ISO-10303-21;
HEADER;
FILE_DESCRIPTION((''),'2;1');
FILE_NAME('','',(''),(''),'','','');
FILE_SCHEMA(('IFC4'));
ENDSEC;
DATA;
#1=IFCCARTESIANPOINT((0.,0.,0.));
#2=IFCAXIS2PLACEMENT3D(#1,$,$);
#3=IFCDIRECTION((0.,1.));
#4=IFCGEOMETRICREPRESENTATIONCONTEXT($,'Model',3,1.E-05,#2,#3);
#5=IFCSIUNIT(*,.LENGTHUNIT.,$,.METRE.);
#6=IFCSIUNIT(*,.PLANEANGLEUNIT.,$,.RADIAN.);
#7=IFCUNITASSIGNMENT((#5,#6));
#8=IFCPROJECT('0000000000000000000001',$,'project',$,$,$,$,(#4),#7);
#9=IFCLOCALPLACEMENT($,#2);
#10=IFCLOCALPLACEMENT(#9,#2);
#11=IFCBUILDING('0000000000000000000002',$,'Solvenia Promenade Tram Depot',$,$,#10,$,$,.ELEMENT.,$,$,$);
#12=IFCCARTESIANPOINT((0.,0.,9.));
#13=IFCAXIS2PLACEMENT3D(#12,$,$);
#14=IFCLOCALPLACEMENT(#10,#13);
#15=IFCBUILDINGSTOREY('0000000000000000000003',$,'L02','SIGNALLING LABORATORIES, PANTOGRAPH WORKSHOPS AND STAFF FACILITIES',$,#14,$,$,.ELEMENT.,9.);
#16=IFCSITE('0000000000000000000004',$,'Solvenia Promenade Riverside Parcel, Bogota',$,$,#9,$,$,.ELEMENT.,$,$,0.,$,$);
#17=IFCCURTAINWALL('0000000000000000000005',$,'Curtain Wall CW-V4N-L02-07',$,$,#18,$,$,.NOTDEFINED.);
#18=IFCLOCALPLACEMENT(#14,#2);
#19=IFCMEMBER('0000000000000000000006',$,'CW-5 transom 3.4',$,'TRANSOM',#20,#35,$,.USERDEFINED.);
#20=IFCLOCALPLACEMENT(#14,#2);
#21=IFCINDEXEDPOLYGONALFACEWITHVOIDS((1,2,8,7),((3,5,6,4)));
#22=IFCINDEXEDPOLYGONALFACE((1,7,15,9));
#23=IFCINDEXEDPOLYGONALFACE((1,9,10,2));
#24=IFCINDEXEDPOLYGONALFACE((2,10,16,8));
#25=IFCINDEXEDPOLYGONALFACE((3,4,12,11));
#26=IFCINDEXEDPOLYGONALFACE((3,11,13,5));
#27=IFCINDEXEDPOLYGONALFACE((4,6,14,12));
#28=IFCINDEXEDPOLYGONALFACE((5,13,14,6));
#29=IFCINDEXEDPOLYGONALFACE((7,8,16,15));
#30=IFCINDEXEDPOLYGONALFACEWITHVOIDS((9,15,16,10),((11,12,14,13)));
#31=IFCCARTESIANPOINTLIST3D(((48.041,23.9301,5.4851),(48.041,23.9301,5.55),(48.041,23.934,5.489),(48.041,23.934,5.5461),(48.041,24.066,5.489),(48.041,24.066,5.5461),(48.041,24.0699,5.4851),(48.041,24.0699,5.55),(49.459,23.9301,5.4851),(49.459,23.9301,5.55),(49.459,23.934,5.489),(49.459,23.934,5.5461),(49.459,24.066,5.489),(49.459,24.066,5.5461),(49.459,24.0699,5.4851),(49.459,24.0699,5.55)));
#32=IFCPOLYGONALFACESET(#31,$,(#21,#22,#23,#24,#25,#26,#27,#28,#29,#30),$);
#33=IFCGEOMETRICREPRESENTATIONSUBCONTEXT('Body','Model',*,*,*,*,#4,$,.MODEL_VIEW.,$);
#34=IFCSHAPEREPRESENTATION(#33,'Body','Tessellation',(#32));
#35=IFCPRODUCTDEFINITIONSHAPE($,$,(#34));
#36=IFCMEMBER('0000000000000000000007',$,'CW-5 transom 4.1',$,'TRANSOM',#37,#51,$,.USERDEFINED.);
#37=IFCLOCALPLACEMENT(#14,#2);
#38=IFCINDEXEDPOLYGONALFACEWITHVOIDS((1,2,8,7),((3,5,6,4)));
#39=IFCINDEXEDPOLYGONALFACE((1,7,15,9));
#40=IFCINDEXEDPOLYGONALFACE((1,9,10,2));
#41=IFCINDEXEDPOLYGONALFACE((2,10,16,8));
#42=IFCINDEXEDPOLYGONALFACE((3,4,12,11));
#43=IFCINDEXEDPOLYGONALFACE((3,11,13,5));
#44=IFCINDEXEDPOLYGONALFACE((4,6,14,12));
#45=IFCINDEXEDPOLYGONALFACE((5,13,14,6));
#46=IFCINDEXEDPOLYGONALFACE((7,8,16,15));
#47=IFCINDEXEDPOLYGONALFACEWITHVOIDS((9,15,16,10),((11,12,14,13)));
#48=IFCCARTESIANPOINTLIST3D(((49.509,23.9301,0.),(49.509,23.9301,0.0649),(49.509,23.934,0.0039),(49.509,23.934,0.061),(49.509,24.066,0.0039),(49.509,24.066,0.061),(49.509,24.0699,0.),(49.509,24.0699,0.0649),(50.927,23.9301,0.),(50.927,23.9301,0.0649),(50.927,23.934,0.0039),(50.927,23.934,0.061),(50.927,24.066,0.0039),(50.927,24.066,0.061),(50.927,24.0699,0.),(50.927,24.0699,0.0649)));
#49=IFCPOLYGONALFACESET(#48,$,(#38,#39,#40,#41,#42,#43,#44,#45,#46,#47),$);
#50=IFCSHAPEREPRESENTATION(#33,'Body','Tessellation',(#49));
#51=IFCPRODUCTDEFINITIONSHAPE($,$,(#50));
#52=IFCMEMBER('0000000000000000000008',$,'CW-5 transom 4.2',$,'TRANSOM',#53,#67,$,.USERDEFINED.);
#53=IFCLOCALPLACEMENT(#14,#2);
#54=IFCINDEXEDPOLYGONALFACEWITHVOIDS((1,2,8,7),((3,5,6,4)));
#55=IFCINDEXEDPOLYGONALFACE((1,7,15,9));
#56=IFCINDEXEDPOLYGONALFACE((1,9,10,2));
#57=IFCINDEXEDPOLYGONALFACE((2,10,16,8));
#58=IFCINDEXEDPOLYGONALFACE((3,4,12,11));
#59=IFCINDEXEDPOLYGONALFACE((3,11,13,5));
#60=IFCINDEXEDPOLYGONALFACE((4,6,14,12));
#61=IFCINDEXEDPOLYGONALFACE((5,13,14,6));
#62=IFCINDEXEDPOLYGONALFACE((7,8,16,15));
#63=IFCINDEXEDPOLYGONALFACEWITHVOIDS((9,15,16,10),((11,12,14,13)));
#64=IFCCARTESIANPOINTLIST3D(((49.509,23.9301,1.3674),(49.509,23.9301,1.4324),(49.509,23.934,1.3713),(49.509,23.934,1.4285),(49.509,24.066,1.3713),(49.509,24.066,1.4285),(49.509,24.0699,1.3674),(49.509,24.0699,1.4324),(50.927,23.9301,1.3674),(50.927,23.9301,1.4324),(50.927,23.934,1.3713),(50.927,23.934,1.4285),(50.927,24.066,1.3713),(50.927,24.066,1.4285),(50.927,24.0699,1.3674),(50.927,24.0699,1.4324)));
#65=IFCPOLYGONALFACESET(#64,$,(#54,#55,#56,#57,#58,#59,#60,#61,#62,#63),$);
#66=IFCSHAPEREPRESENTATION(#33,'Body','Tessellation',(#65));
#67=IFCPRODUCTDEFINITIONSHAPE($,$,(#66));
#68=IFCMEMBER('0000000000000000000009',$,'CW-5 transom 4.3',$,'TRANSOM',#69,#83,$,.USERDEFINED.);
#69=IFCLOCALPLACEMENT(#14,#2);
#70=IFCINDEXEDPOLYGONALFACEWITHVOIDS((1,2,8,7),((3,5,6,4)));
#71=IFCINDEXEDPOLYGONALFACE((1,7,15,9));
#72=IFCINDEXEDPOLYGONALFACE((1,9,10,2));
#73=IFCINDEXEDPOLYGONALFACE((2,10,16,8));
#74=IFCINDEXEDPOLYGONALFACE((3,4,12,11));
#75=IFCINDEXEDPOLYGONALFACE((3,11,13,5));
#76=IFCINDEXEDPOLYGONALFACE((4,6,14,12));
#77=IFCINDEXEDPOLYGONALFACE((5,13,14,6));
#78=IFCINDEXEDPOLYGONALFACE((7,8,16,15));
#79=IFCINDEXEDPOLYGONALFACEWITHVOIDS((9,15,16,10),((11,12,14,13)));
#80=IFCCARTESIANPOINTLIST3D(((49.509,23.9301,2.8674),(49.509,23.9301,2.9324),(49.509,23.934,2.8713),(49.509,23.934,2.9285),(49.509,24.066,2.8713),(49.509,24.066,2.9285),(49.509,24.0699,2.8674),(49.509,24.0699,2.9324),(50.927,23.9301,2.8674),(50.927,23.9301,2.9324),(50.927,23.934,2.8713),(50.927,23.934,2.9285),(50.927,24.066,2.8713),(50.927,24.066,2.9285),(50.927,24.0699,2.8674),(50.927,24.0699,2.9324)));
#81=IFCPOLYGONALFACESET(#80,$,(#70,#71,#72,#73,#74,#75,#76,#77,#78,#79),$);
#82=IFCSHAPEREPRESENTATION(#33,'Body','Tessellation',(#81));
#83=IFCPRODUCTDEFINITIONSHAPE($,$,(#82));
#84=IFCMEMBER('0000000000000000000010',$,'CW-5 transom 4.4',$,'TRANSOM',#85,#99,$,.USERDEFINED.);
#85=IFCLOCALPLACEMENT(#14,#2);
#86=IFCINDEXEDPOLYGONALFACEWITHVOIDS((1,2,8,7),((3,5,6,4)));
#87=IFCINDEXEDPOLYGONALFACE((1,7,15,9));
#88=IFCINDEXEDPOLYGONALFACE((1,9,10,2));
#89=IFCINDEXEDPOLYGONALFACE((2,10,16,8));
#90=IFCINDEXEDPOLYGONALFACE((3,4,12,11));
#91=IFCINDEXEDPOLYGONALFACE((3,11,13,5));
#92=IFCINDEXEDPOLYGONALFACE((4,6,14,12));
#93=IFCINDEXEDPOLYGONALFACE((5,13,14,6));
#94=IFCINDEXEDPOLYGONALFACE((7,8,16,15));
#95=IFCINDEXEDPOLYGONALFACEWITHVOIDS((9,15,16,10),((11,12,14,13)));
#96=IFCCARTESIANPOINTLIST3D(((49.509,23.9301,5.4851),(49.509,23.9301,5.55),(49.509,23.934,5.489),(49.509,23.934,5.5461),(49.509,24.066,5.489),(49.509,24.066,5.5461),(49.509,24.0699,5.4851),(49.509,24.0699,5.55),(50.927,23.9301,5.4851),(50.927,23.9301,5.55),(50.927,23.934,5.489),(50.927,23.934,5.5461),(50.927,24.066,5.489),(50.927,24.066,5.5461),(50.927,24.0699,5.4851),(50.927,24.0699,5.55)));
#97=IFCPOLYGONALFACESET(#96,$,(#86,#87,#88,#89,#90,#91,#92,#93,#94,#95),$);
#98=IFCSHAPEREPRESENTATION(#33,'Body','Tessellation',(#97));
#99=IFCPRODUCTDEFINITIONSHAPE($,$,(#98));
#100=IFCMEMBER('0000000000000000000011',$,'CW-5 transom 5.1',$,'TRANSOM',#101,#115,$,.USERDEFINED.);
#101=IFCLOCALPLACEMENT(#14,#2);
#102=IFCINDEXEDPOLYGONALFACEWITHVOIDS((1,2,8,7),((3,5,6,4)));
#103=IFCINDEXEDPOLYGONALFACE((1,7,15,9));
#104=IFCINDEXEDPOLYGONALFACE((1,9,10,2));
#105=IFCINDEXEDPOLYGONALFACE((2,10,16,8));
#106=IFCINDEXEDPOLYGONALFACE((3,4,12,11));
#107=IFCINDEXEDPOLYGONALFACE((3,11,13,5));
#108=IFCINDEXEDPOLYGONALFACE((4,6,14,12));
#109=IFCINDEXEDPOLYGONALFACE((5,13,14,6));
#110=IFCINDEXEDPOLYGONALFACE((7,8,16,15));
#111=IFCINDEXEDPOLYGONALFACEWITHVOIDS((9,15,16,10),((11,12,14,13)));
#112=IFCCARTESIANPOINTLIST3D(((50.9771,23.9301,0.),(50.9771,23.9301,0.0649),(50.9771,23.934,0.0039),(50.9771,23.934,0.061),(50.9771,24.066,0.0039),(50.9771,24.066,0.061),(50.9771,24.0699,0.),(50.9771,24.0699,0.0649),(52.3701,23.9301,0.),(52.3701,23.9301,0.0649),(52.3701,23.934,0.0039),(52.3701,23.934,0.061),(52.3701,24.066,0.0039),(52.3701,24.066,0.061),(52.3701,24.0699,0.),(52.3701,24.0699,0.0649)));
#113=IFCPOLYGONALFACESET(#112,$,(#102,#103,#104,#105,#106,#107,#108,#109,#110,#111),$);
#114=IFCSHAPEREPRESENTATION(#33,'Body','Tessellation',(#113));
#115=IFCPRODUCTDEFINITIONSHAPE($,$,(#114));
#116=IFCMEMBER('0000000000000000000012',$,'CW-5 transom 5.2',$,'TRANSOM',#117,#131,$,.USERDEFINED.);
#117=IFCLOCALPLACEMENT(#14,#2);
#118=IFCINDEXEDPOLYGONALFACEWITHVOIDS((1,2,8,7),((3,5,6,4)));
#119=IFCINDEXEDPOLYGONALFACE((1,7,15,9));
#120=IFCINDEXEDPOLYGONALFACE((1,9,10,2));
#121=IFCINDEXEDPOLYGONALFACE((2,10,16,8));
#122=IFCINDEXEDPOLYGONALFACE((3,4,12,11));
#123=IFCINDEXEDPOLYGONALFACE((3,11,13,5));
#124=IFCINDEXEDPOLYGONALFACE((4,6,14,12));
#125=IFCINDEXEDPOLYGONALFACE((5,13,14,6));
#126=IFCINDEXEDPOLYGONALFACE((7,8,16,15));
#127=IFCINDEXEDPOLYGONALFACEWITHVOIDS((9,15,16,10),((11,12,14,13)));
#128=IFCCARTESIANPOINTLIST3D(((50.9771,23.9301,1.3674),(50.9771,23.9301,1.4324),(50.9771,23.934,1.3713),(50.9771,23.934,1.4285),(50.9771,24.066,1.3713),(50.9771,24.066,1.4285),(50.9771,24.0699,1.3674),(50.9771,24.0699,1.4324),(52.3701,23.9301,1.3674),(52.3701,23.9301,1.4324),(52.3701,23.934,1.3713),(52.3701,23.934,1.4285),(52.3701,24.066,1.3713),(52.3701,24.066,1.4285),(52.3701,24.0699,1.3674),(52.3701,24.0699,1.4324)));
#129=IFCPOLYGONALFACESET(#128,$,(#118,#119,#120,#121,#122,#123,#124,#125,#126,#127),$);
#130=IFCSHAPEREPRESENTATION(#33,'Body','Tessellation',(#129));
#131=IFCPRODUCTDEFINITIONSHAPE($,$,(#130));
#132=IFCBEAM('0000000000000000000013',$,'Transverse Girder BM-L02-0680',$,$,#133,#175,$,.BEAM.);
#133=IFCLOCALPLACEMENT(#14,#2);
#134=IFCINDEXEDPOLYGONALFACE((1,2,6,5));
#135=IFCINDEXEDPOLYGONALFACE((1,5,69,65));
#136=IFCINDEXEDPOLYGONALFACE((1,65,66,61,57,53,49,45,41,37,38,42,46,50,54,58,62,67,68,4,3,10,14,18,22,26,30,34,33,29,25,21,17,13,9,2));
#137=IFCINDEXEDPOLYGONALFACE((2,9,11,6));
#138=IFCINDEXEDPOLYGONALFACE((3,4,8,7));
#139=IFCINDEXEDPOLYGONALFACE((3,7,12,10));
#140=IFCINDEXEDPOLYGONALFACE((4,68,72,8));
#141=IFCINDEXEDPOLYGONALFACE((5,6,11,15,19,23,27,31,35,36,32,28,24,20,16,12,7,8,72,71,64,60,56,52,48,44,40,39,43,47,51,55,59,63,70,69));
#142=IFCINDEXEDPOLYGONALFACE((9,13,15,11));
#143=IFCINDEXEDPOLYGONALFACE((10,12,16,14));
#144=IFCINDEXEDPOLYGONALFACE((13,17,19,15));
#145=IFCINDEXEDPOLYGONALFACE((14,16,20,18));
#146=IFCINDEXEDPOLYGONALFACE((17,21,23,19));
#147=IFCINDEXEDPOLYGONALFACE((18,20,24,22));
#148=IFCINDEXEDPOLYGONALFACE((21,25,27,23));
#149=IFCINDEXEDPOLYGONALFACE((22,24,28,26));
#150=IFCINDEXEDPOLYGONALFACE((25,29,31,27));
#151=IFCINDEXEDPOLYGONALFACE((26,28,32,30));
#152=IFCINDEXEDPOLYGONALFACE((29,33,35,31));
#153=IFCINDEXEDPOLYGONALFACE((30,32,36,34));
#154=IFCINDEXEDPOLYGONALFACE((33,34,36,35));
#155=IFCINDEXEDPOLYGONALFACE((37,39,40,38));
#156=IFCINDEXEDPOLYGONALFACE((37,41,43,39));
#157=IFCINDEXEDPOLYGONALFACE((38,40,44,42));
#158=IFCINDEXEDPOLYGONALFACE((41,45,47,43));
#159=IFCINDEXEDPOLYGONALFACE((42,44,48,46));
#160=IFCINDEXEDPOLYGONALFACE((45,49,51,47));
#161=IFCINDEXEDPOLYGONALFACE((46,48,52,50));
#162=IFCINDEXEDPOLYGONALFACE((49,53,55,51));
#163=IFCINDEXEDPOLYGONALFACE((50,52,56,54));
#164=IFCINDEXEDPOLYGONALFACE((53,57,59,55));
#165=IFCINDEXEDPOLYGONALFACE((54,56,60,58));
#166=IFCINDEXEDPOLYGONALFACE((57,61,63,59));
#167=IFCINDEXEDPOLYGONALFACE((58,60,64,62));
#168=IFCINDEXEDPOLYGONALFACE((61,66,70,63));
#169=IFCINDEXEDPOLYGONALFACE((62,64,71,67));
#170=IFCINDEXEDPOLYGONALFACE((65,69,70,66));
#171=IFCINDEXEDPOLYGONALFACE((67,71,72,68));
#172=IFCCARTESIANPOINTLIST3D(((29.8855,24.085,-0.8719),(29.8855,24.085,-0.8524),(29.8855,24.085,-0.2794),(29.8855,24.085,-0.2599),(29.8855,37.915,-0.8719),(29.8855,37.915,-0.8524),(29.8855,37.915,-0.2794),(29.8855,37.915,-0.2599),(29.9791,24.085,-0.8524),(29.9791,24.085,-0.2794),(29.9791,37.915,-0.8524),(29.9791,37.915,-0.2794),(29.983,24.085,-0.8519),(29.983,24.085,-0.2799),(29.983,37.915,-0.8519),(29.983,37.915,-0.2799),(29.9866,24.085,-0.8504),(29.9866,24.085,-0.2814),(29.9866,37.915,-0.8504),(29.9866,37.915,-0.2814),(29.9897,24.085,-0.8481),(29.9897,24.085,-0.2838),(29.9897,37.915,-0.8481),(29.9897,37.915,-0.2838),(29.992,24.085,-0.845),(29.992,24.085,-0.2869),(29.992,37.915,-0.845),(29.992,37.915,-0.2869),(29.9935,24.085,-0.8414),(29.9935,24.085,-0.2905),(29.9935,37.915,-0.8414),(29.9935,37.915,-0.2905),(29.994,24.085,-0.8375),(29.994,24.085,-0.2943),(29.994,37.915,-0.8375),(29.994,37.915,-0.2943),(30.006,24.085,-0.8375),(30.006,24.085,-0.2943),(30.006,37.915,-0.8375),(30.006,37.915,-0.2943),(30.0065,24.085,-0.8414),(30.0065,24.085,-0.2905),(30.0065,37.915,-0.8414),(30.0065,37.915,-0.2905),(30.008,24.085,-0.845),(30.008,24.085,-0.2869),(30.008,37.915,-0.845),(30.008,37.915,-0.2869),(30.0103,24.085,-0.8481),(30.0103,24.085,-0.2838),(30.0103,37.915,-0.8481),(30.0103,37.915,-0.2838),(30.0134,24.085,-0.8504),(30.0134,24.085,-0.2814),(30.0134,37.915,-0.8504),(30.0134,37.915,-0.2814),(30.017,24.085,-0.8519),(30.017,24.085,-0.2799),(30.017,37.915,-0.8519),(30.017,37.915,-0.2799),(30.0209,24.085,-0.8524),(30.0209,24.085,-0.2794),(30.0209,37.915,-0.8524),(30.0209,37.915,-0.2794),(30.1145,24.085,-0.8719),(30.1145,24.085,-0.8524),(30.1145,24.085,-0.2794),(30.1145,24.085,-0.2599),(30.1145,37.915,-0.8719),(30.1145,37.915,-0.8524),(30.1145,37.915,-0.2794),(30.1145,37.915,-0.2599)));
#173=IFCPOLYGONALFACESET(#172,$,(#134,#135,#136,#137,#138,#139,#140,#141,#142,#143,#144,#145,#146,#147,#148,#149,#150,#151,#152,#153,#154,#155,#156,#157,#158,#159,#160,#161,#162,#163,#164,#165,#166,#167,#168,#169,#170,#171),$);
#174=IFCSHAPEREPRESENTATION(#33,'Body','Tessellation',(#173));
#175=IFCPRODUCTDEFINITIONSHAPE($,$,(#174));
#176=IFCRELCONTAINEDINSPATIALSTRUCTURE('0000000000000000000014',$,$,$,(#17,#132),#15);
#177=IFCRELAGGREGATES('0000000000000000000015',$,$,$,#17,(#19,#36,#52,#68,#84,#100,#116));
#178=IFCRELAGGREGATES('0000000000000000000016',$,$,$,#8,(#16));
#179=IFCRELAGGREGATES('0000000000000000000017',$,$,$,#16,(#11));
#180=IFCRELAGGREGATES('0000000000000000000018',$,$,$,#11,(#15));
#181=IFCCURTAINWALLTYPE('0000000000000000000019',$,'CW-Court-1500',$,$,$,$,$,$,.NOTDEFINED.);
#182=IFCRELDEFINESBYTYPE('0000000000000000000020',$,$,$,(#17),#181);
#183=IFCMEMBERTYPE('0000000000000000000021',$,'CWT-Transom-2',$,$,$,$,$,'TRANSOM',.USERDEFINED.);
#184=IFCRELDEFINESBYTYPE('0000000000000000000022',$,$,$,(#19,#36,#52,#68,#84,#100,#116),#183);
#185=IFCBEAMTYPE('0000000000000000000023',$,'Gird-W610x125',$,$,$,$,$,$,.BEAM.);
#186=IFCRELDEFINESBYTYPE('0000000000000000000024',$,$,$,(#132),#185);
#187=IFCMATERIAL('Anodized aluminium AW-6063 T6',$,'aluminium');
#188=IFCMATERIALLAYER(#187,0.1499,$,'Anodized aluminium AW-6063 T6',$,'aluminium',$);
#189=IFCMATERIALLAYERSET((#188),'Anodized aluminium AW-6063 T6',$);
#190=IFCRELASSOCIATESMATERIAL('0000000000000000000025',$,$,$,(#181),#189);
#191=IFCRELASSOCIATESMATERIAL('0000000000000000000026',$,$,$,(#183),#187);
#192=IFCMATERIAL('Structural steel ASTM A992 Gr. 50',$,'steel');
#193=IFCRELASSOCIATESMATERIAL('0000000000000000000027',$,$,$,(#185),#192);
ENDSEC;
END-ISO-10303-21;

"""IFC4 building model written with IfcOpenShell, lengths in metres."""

from ifc_helpers import new_model, si_unit, direction, frame, origin, origin_2d, place, context, subcontext, project, spatial, hollow_rectangle, i_section, extrude, material, layer, layer_set, material_profile, profile_set, type_object, element, aggregate, save


model = new_model("IFC4")

# Units and contexts
model_context = context("Model", 3, precision=1e-05, world=origin(), true_north=direction((0.0, 1.0)))
body_context = subcontext(model_context, "Body", "Model", "MODEL_VIEW")
ifc_project = project(units=[si_unit("LENGTHUNIT", "METRE"), si_unit("PLANEANGLEUNIT", "RADIAN")], contexts=[model_context])

# Site, building, storey
site_placement = place(None, origin())
site = spatial("IfcSite", under=ifc_project, at=site_placement, Name="Solvenia Promenade Riverside Parcel, Bogota", CompositionType="ELEMENT", RefElevation=0.0)
building_placement = place(site_placement, origin())
building = spatial("IfcBuilding", under=site, at=building_placement, Name="Solvenia Promenade Tram Depot", CompositionType="ELEMENT")
storey_placement = place(building_placement, frame((0.0, 0.0, 9.0)))
storey = spatial("IfcBuildingStorey", under=building, at=storey_placement, Name="L02", Description="SIGNALLING LABORATORIES, PANTOGRAPH WORKSHOPS AND STAFF FACILITIES", CompositionType="ELEMENT", Elevation=9.0)

# Curtain wall, members
ifc_material_1 = material(Name="Anodized aluminium AW-6063 T6", Category="aluminium")
ifc_layer_1 = layer(ifc_material_1, 0.1499, Name="Anodized aluminium AW-6063 T6", Category="aluminium")
ifc_layer_set_1 = layer_set([ifc_layer_1], Name="Anodized aluminium AW-6063 T6")
curtain_wall_type = type_object("IfcCurtainWallType", Name="CW-Court-1500", PredefinedType="NOTDEFINED", material=ifc_layer_set_1)
curtain_wall_placement = place(storey_placement, origin())
curtain_wall = element("IfcCurtainWall", 1, at=curtain_wall_placement, inside=storey, type_object=curtain_wall_type, Name="Curtain Wall CW-V4N-L02-07", PredefinedType="NOTDEFINED")
ifc_material_profile_1 = material_profile(ifc_material_1, hollow_rectangle(XDim=0.1399, YDim=0.0649, WallThickness=0.0039, at=origin_2d()), Name="ALU-T2", Category="aluminium")
ifc_profile_set_1 = profile_set([ifc_material_profile_1], Name="Anodized aluminium AW-6063 T6")
member_type_1 = type_object("IfcMemberType", Name="CWT-Transom-2", ElementType="TRANSOM", PredefinedType="USERDEFINED", material=ifc_profile_set_1)
member_1_placement = place(storey_placement, frame((48.041, 24.0, 5.5176), z_axis=(1.0, 0.0, 0.0), x_axis=(0.0, 1.0, 0.0)))
member_1 = element("IfcMember", 2, at=member_1_placement, type_object=member_type_1, Name="CW-5 transom 3.4", ObjectType="TRANSOM", PredefinedType="USERDEFINED", context=body_context, shape_type="SweptSolid", body=[
    extrude(hollow_rectangle(XDim=0.1399, YDim=0.0649, WallThickness=0.0039, at=origin_2d()), origin(), (0.0, 0.0, 1.0), 1.418),
])
member_2_placement = place(storey_placement, frame((49.509, 24.0, 0.0325), z_axis=(1.0, 0.0, 0.0), x_axis=(0.0, 1.0, 0.0)))
member_2 = element("IfcMember", 3, at=member_2_placement, type_object=member_type_1, Name="CW-5 transom 4.1", ObjectType="TRANSOM", PredefinedType="USERDEFINED", context=body_context, shape_type="SweptSolid", body=[
    extrude(hollow_rectangle(XDim=0.1399, YDim=0.0649, WallThickness=0.0039, at=origin_2d()), origin(), (0.0, 0.0, 1.0), 1.418),
])
member_3_placement = place(storey_placement, frame((49.509, 24.0, 1.3999), z_axis=(1.0, 0.0, 0.0), x_axis=(0.0, 1.0, 0.0)))
member_3 = element("IfcMember", 4, at=member_3_placement, type_object=member_type_1, Name="CW-5 transom 4.2", ObjectType="TRANSOM", PredefinedType="USERDEFINED", context=body_context, shape_type="SweptSolid", body=[
    extrude(hollow_rectangle(XDim=0.1399, YDim=0.0649, WallThickness=0.0039, at=origin_2d()), origin(), (0.0, 0.0, 1.0), 1.418),
])
member_4_placement = place(storey_placement, frame((49.509, 24.0, 2.8999), z_axis=(1.0, 0.0, 0.0), x_axis=(0.0, 1.0, 0.0)))
member_4 = element("IfcMember", 5, at=member_4_placement, type_object=member_type_1, Name="CW-5 transom 4.3", ObjectType="TRANSOM", PredefinedType="USERDEFINED", context=body_context, shape_type="SweptSolid", body=[
    extrude(hollow_rectangle(XDim=0.1399, YDim=0.0649, WallThickness=0.0039, at=origin_2d()), origin(), (0.0, 0.0, 1.0), 1.418),
])
member_5_placement = place(storey_placement, frame((49.509, 24.0, 5.5176), z_axis=(1.0, 0.0, 0.0), x_axis=(0.0, 1.0, 0.0)))
member_5 = element("IfcMember", 6, at=member_5_placement, type_object=member_type_1, Name="CW-5 transom 4.4", ObjectType="TRANSOM", PredefinedType="USERDEFINED", context=body_context, shape_type="SweptSolid", body=[
    extrude(hollow_rectangle(XDim=0.1399, YDim=0.0649, WallThickness=0.0039, at=origin_2d()), origin(), (0.0, 0.0, 1.0), 1.418),
])
member_6_placement = place(storey_placement, frame((50.9771, 24.0, 0.0325), z_axis=(1.0, 0.0, 0.0), x_axis=(0.0, 1.0, 0.0)))
member_6 = element("IfcMember", 7, at=member_6_placement, type_object=member_type_1, Name="CW-5 transom 5.1", ObjectType="TRANSOM", PredefinedType="USERDEFINED", context=body_context, shape_type="SweptSolid", body=[
    extrude(hollow_rectangle(XDim=0.1399, YDim=0.0649, WallThickness=0.0039, at=origin_2d()), origin(), (0.0, 0.0, 1.0), 1.3931),
])
member_7_placement = place(storey_placement, frame((50.9771, 24.0, 1.3999), z_axis=(1.0, 0.0, 0.0), x_axis=(0.0, 1.0, 0.0)))
member_7 = element("IfcMember", 8, at=member_7_placement, type_object=member_type_1, Name="CW-5 transom 5.2", ObjectType="TRANSOM", PredefinedType="USERDEFINED", context=body_context, shape_type="SweptSolid", body=[
    extrude(hollow_rectangle(XDim=0.1399, YDim=0.0649, WallThickness=0.0039, at=origin_2d()), origin(), (0.0, 0.0, 1.0), 1.3931),
])

# Beam
ifc_material_2 = material(Name="Structural steel ASTM A992 Gr. 50", Category="steel")
ifc_material_profile_2 = material_profile(ifc_material_2, i_section(OverallWidth=0.229, OverallDepth=0.6121, WebThickness=0.012, FlangeThickness=0.0195, FilletRadius=0.0149, at=origin_2d()), Name="W610x125", Category="steel")
ifc_profile_set_2 = profile_set([ifc_material_profile_2], Name="Structural steel ASTM A992 Gr. 50")
beam_type = type_object("IfcBeamType", Name="Gird-W610x125", PredefinedType="BEAM", material=ifc_profile_set_2)
for number, where, z_axis, x_axis, name in (
    (9, (30.0, 24.085, -0.5659), (0.0, 1.0, 0.0), (-1.0, 0.0, 0.0), "Transverse Girder BM-L02-0680"),
):
    element("IfcBeam", number, at=place(storey_placement, frame(where, z_axis=z_axis, x_axis=x_axis)), inside=storey, type_object=beam_type, Name=name, PredefinedType="BEAM", context=body_context, shape_type="SweptSolid", body=[
        extrude(i_section(OverallWidth=0.229, OverallDepth=0.6121, WebThickness=0.012, FlangeThickness=0.0195, FilletRadius=0.0149, at=origin_2d()), origin(), (0.0, 0.0, 1.0), 13.8301),
    ])

aggregate(curtain_wall, [member_1, member_2, member_3, member_4, member_5, member_6, member_7])

save(model, "model.ifc")
